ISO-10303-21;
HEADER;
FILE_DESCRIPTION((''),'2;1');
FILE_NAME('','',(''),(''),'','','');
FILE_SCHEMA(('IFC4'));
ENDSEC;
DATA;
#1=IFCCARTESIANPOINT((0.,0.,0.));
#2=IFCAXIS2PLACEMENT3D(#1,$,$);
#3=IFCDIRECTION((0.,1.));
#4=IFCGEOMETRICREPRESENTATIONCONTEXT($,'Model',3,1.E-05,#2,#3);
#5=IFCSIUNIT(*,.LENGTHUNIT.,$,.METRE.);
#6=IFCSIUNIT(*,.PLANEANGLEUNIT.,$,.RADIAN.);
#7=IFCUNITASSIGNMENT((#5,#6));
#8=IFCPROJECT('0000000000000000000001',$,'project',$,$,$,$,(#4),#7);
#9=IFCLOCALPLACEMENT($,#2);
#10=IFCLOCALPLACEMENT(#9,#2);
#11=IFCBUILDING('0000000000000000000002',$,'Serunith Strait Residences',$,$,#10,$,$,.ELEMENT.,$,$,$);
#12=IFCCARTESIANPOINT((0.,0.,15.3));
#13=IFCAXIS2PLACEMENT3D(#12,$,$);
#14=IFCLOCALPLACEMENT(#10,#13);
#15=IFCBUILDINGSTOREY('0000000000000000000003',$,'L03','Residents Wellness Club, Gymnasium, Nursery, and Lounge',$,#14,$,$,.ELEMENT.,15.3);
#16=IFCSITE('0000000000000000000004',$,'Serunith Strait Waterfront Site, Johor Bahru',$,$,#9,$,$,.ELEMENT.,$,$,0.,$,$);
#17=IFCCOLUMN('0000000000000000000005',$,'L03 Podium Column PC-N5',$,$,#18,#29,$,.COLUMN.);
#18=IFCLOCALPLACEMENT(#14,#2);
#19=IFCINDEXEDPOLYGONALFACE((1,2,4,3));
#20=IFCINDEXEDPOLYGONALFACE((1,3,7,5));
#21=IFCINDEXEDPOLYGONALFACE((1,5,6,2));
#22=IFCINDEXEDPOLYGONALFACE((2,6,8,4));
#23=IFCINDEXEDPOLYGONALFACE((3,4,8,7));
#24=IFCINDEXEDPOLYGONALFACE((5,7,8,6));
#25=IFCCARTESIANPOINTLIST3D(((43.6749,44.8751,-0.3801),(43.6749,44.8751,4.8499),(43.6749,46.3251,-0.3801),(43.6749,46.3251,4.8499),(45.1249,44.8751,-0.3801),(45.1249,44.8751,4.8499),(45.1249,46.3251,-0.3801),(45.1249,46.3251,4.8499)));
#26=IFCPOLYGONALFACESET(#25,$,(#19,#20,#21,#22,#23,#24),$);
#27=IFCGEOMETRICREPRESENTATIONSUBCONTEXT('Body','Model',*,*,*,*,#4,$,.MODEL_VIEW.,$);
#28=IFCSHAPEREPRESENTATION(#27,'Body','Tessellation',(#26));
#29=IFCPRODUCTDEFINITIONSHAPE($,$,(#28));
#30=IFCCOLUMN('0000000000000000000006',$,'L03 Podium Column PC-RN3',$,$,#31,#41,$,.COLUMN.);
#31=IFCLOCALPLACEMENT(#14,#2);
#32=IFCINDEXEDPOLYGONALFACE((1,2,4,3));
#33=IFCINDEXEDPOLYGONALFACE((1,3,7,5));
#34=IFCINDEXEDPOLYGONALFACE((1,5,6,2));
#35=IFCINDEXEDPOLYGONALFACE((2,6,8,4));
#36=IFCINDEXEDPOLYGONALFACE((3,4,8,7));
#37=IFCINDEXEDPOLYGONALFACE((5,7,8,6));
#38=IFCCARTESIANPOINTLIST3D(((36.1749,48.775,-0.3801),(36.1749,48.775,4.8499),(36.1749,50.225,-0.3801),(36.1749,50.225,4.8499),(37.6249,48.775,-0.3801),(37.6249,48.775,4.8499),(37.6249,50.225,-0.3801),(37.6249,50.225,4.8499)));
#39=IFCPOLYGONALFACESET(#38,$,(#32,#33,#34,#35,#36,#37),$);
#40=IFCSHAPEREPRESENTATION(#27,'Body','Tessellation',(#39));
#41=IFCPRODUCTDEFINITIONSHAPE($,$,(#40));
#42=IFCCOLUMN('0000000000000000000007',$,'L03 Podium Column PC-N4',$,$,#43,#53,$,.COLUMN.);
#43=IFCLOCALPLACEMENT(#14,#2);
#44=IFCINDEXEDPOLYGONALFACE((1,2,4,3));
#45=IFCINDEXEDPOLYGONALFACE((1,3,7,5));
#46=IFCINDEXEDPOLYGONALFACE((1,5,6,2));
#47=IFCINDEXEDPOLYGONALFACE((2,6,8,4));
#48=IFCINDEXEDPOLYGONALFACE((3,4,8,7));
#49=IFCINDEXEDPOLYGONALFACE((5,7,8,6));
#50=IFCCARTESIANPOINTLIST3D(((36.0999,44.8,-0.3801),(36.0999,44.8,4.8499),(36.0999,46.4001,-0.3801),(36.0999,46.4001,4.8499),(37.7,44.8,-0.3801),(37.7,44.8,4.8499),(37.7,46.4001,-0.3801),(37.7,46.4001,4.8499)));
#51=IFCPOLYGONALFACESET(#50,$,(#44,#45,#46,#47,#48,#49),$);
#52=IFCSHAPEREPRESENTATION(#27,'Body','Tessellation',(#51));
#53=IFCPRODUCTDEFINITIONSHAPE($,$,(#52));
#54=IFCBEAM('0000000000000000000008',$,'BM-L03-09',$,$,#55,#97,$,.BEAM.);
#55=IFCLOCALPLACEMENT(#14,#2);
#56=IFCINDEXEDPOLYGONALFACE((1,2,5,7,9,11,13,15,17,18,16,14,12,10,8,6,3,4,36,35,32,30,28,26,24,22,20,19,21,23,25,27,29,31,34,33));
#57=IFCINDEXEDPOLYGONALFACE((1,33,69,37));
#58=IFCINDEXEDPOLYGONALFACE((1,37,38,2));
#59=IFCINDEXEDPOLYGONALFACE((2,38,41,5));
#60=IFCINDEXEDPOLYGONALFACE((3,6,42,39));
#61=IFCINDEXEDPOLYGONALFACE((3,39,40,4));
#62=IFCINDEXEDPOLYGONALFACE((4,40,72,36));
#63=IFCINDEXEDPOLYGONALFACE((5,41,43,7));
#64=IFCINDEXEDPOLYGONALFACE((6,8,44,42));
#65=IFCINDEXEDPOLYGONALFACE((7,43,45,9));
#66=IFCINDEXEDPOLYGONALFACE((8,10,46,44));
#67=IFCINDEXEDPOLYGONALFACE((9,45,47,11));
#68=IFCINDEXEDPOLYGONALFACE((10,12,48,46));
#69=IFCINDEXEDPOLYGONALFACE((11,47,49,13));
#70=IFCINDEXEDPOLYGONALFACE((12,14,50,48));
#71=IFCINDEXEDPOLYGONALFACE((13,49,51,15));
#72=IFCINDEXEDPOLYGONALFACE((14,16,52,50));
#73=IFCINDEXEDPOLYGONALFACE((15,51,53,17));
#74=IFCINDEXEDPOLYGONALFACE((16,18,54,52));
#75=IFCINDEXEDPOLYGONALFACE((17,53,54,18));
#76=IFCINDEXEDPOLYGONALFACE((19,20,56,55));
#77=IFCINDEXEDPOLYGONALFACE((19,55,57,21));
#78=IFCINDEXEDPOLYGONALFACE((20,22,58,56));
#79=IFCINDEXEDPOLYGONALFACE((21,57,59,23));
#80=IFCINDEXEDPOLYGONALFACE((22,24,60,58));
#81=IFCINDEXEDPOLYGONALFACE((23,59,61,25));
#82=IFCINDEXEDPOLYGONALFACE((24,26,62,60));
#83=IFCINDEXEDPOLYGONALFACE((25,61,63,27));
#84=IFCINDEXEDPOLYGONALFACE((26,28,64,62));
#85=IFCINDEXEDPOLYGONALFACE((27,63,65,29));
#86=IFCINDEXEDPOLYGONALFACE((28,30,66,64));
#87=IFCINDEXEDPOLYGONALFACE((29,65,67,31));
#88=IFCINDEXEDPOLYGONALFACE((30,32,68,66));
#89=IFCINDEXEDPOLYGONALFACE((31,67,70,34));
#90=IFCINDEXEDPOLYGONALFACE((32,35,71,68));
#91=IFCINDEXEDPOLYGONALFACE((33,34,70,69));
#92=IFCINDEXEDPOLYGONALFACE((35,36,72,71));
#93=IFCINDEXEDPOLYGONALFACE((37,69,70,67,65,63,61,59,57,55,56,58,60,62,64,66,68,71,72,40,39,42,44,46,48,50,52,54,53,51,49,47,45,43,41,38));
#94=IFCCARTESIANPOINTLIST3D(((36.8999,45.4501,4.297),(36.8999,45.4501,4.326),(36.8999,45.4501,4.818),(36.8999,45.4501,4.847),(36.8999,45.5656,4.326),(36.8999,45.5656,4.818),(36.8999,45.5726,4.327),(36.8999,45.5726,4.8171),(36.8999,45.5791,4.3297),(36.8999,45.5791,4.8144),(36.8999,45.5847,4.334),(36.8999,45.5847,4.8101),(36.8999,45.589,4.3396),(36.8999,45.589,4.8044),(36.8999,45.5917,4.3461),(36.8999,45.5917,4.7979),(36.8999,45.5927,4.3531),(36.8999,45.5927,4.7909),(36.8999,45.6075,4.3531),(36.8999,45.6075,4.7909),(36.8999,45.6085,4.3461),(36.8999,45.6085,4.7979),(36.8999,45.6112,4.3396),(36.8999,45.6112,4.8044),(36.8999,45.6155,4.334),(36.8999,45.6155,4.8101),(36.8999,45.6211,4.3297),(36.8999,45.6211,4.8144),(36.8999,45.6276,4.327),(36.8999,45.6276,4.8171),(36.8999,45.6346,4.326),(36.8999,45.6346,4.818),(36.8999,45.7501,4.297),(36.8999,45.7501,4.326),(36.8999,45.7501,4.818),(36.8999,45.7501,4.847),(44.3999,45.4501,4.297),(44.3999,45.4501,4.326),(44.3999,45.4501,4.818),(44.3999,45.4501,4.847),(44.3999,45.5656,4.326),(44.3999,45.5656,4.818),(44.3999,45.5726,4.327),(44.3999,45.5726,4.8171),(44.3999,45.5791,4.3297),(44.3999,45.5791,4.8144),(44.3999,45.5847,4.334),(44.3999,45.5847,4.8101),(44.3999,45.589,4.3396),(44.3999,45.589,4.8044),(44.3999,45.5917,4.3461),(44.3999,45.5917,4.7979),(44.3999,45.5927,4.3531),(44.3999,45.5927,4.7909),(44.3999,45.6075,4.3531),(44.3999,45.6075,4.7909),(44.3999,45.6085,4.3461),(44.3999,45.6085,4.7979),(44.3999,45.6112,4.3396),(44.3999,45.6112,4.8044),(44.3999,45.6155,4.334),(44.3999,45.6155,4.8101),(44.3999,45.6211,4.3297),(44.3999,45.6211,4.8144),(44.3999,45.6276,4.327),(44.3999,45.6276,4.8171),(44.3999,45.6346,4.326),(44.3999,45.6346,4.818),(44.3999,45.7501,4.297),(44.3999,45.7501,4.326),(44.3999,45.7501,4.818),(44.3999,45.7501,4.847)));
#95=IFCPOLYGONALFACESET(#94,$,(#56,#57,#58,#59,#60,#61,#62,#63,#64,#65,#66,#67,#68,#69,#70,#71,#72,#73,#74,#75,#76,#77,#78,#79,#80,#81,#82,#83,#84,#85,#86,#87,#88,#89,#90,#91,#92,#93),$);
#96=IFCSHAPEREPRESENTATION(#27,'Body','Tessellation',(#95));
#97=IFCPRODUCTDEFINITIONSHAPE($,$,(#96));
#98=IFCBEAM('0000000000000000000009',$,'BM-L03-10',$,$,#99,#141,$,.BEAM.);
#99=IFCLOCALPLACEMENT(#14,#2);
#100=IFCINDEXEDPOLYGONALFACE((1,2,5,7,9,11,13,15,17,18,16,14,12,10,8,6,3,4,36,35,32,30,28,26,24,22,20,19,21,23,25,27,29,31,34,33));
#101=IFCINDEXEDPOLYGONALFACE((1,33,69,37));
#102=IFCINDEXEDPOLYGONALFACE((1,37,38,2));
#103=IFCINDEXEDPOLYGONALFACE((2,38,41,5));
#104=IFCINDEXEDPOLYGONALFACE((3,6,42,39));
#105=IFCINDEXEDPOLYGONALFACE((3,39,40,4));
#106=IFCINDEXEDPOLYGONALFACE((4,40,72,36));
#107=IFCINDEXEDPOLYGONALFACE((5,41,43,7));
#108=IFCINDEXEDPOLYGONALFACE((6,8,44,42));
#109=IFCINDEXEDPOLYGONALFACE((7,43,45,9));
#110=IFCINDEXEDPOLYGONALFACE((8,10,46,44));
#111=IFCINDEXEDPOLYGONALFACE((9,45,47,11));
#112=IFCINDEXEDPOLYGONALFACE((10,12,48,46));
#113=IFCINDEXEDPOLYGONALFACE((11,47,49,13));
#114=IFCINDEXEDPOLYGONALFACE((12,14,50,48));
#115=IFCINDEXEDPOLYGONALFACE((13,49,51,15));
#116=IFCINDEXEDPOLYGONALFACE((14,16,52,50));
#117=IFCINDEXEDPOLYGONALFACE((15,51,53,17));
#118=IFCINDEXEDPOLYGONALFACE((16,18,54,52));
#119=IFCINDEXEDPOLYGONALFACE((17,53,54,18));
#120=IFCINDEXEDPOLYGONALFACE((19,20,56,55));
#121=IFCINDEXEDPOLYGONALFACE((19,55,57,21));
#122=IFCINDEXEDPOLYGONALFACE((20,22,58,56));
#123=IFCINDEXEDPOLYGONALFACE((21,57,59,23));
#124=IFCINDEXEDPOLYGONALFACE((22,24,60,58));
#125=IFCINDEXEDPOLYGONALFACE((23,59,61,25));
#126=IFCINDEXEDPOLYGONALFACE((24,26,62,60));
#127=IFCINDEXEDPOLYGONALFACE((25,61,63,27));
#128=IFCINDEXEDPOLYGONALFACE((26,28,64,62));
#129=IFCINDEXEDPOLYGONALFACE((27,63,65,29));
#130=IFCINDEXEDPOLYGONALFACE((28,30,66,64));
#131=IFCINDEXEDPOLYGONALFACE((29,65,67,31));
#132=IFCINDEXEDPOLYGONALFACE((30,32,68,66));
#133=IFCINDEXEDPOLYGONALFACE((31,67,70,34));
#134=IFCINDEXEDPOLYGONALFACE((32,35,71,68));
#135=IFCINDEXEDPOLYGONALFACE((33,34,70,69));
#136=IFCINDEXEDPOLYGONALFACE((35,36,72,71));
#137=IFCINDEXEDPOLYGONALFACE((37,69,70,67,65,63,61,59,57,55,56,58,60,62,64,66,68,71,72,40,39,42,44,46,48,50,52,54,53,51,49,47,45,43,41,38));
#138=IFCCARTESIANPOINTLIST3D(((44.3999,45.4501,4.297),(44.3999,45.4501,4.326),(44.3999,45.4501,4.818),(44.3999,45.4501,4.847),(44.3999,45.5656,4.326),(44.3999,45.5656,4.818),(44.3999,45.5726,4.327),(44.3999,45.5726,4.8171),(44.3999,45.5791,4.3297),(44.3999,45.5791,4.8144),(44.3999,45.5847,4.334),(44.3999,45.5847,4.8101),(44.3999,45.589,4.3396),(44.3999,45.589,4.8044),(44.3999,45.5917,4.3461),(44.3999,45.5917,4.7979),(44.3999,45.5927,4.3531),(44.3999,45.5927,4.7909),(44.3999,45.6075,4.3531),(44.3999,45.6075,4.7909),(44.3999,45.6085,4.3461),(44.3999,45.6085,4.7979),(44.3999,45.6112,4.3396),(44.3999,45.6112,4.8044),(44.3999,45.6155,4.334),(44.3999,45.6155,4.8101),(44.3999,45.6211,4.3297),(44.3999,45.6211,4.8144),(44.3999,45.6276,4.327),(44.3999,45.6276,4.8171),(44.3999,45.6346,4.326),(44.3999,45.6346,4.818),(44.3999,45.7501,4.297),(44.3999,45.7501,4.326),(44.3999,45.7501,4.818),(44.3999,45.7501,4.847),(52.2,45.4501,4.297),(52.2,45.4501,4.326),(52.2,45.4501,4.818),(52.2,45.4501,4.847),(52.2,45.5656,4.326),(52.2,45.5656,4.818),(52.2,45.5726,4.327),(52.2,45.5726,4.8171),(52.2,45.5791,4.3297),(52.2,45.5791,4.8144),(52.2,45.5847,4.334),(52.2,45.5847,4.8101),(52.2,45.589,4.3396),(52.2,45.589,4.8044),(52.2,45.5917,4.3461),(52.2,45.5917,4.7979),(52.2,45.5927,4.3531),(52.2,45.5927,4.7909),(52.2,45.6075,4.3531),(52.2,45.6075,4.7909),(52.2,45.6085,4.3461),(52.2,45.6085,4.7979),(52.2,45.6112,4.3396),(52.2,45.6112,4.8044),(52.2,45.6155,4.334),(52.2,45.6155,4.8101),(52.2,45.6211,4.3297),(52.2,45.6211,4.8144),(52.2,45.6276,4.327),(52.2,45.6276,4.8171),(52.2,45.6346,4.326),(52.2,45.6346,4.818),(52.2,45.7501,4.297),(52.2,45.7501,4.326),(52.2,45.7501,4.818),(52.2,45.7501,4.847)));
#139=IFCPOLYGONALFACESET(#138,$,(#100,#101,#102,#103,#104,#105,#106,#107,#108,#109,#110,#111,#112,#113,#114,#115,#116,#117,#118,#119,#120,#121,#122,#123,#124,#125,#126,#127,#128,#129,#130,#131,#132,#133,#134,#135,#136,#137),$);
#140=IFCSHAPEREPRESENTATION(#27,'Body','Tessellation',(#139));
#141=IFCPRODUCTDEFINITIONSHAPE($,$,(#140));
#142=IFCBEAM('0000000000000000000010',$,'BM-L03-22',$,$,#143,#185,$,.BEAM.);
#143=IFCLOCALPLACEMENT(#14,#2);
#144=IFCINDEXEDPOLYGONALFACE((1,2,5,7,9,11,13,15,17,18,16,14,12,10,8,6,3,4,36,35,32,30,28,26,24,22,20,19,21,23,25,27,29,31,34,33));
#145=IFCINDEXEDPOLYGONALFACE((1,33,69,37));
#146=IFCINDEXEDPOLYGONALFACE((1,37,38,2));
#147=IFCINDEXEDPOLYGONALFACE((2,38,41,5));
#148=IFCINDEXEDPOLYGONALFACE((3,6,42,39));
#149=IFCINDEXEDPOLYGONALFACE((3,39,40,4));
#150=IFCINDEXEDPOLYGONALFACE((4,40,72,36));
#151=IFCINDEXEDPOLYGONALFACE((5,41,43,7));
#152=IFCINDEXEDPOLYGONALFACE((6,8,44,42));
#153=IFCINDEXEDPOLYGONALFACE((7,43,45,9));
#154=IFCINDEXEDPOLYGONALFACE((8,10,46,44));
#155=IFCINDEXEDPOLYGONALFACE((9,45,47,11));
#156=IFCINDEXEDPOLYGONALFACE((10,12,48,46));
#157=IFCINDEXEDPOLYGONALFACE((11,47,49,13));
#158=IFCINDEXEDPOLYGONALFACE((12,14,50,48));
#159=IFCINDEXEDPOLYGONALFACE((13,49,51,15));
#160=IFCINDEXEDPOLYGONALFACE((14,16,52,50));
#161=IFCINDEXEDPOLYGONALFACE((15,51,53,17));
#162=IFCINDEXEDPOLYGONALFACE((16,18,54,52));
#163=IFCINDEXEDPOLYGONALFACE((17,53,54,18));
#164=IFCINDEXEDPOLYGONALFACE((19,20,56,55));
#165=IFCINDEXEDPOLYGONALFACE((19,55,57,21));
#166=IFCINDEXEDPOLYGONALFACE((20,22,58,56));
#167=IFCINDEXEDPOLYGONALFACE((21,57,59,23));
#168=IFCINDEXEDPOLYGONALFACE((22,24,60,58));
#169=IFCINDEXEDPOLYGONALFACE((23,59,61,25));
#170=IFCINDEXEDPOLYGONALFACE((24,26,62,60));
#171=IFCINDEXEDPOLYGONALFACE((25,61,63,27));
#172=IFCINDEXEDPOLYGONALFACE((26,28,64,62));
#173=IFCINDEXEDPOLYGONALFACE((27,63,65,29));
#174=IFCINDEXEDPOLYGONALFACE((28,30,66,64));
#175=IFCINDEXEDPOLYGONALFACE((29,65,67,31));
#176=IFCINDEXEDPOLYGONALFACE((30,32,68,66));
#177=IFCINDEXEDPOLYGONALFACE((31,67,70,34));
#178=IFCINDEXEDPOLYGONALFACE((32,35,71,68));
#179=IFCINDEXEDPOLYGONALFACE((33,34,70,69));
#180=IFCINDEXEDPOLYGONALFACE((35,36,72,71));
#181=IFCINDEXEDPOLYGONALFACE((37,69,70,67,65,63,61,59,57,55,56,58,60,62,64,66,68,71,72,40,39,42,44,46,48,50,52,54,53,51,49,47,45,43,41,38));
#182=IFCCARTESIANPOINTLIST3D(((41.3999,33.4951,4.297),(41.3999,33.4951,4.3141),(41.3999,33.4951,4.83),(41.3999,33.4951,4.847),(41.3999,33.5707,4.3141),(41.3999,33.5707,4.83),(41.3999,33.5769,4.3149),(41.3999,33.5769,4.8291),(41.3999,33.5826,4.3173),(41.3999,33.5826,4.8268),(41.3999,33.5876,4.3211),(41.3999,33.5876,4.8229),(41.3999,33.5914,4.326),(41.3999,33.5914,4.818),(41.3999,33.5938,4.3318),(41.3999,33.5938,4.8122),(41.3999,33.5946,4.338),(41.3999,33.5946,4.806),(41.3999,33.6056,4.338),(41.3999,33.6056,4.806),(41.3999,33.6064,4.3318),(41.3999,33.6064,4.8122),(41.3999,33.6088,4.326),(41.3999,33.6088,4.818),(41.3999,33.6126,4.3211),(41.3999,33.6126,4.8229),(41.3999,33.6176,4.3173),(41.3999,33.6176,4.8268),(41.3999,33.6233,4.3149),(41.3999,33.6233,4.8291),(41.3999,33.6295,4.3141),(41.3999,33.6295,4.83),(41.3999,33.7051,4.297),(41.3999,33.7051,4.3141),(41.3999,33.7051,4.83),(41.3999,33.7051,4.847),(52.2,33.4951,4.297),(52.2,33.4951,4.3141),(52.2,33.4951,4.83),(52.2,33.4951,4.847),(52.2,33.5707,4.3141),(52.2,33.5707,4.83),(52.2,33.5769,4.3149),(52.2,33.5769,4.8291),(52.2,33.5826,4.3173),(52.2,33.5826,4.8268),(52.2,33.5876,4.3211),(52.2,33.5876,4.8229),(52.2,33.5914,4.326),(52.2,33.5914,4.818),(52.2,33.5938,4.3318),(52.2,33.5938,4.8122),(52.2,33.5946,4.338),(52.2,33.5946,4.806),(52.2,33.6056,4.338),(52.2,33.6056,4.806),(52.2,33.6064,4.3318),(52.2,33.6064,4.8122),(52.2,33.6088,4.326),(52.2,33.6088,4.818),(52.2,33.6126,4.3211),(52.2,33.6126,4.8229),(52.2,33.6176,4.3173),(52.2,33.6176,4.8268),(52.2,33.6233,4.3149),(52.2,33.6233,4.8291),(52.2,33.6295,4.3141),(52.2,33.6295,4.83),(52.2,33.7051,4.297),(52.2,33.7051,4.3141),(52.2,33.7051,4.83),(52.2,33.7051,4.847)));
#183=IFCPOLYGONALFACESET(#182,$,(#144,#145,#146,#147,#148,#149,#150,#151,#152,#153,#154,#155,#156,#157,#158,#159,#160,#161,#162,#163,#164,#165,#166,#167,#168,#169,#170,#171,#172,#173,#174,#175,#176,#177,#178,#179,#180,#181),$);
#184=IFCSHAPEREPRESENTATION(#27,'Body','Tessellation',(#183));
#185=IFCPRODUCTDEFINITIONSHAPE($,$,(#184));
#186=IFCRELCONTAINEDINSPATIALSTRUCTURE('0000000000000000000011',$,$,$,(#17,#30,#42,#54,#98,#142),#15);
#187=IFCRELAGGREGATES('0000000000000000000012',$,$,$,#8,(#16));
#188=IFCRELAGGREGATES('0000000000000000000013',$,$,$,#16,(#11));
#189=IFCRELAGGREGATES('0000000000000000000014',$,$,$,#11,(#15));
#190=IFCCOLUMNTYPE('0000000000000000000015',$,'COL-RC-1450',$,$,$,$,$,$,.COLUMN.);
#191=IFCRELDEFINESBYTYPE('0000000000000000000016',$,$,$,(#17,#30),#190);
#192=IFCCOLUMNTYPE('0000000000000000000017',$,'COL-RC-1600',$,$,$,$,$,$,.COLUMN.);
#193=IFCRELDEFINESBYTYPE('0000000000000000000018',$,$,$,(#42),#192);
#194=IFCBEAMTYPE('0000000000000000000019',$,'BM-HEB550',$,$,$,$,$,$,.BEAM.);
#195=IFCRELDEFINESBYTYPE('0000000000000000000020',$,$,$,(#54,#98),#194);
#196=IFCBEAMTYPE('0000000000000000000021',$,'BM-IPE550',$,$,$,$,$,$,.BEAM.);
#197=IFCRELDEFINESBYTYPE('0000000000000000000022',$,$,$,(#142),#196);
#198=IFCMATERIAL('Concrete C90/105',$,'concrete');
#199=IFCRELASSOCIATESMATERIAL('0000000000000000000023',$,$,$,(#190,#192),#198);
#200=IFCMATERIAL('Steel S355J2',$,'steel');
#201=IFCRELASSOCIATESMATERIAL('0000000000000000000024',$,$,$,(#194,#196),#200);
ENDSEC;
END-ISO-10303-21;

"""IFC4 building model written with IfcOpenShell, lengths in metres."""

from ifc_helpers import new_model, si_unit, direction, frame, origin, origin_2d, place, context, subcontext, project, spatial, rectangle, i_section, extrude, source, transform, mapped, material, material_profile, profile_set, type_object, element, save


model = new_model("IFC4")

# Units and contexts
model_context = context("Model", 3, precision=1e-05, world=origin(), true_north=direction((0.0, 1.0)))
body_context = subcontext(model_context, "Body", "Model", "MODEL_VIEW")
ifc_project = project(units=[si_unit("LENGTHUNIT", "METRE"), si_unit("PLANEANGLEUNIT", "RADIAN")], contexts=[model_context])

# Site, building, storey
site_placement = place(None, origin())
site = spatial("IfcSite", under=ifc_project, at=site_placement, Name="Serunith Strait Waterfront Site, Johor Bahru", CompositionType="ELEMENT", RefElevation=0.0)
building_placement = place(site_placement, origin())
building = spatial("IfcBuilding", under=site, at=building_placement, Name="Serunith Strait Residences", CompositionType="ELEMENT")
storey_placement = place(building_placement, frame((0.0, 0.0, 15.3)))
storey = spatial("IfcBuildingStorey", under=building, at=storey_placement, Name="L03", Description="Residents Wellness Club, Gymnasium, Nursery, and Lounge", CompositionType="ELEMENT", Elevation=15.3)

# Columns
ifc_material_1 = material(Name="Concrete C90/105", Category="concrete")
ifc_material_profile_1 = material_profile(ifc_material_1, rectangle(XDim=1.45, YDim=1.45, at=origin_2d()), Name="RC 1450x1450")
ifc_profile_set_1 = profile_set([ifc_material_profile_1], Name="Concrete C90/105")
column_type_1 = type_object("IfcColumnType", Name="COL-RC-1450", PredefinedType="COLUMN", material=ifc_profile_set_1)
shared_shape_1 = source(origin(), body_context, "Body", "SweptSolid", [
    extrude(rectangle(XDim=1.45, YDim=1.45, at=origin_2d()), origin(), (0.0, 0.0, 1.0), 5.23),
])
for number, where, z_axis, x_axis, name in (
    (1, (44.3999, 45.6001, -0.3801), (0.0, 0.0, 1.0), (1.0, 0.0, 0.0), "L03 Podium Column PC-N5"),
    (2, (36.8999, 49.5, -0.3801), (0.0, 0.0, 1.0), (1.0, 0.0, 0.0), "L03 Podium Column PC-RN3"),
):
    element("IfcColumn", number, at=place(storey_placement, frame(where, z_axis=z_axis, x_axis=x_axis)), inside=storey, type_object=column_type_1, Name=name, PredefinedType="COLUMN", context=body_context, shape_type="MappedRepresentation", body=[
        mapped(shared_shape_1, transform((0.0, 0.0, 0.0), scale=1.0)),
    ])
ifc_material_profile_2 = material_profile(ifc_material_1, rectangle(XDim=1.6001, YDim=1.6001, at=origin_2d()), Name="RC 1600x1600")
ifc_profile_set_2 = profile_set([ifc_material_profile_2], Name="Concrete C90/105")
column_type_2 = type_object("IfcColumnType", Name="COL-RC-1600", PredefinedType="COLUMN", material=ifc_profile_set_2)
shared_shape_2 = source(origin(), body_context, "Body", "SweptSolid", [
    extrude(rectangle(XDim=1.6001, YDim=1.6001, at=origin_2d()), origin(), (0.0, 0.0, 1.0), 5.23),
])
column_placement = place(storey_placement, frame((36.8999, 45.6001, -0.3801), z_axis=(0.0, 0.0, 1.0), x_axis=(1.0, 0.0, 0.0)))
element("IfcColumn", 3, at=column_placement, inside=storey, type_object=column_type_2, Name="L03 Podium Column PC-N4", PredefinedType="COLUMN", context=body_context, shape_type="MappedRepresentation", body=[
    mapped(shared_shape_2, transform((0.0, 0.0, 0.0), scale=1.0)),
])

# Beams
ifc_material_2 = material(Name="Steel S355J2", Category="steel")
ifc_material_profile_3 = material_profile(ifc_material_2, i_section(OverallWidth=0.3, OverallDepth=0.55, WebThickness=0.0149, FlangeThickness=0.0291, FilletRadius=0.0271, at=origin_2d()), Name="HEB 550")
ifc_profile_set_3 = profile_set([ifc_material_profile_3], Name="Steel S355J2")
beam_type_1 = type_object("IfcBeamType", Name="BM-HEB550", PredefinedType="BEAM", material=ifc_profile_set_3)
shared_shape_3 = source(origin(), body_context, "Body", "SweptSolid", [
    extrude(i_section(OverallWidth=0.3, OverallDepth=0.55, WebThickness=0.0149, FlangeThickness=0.0291, FilletRadius=0.0271, at=origin_2d()), origin(), (0.0, 0.0, 1.0), 7.5),
])
beam_1_placement = place(storey_placement, frame((36.8999, 45.6001, 4.572), z_axis=(1.0, 0.0, 0.0), x_axis=(0.0, 1.0, 0.0)))
element("IfcBeam", 4, at=beam_1_placement, inside=storey, type_object=beam_type_1, Name="BM-L03-09", PredefinedType="BEAM", context=body_context, shape_type="MappedRepresentation", body=[
    mapped(shared_shape_3, transform((0.0, 0.0, 0.0), scale=1.0)),
])
shared_shape_4 = source(origin(), body_context, "Body", "SweptSolid", [
    extrude(i_section(OverallWidth=0.3, OverallDepth=0.55, WebThickness=0.0149, FlangeThickness=0.0291, FilletRadius=0.0271, at=origin_2d()), origin(), (0.0, 0.0, 1.0), 7.8),
])
beam_2_placement = place(storey_placement, frame((44.3999, 45.6001, 4.572), z_axis=(1.0, 0.0, 0.0), x_axis=(0.0, 1.0, 0.0)))
element("IfcBeam", 5, at=beam_2_placement, inside=storey, type_object=beam_type_1, Name="BM-L03-10", PredefinedType="BEAM", context=body_context, shape_type="MappedRepresentation", body=[
    mapped(shared_shape_4, transform((0.0, 0.0, 0.0), scale=1.0)),
])
ifc_material_profile_4 = material_profile(ifc_material_2, i_section(OverallWidth=0.21, OverallDepth=0.55, WebThickness=0.011, FlangeThickness=0.0171, FilletRadius=0.0239, at=origin_2d()), Name="IPE 550")
ifc_profile_set_4 = profile_set([ifc_material_profile_4], Name="Steel S355J2")
beam_type_2 = type_object("IfcBeamType", Name="BM-IPE550", PredefinedType="BEAM", material=ifc_profile_set_4)
shared_shape_5 = source(origin(), body_context, "Body", "SweptSolid", [
    extrude(i_section(OverallWidth=0.21, OverallDepth=0.55, WebThickness=0.011, FlangeThickness=0.0171, FilletRadius=0.0239, at=origin_2d()), origin(), (0.0, 0.0, 1.0), 10.8),
])
beam_3_placement = place(storey_placement, frame((41.3999, 33.6001, 4.572), z_axis=(1.0, 0.0, 0.0), x_axis=(0.0, 1.0, 0.0)))
element("IfcBeam", 6, at=beam_3_placement, inside=storey, type_object=beam_type_2, Name="BM-L03-22", PredefinedType="BEAM", context=body_context, shape_type="MappedRepresentation", body=[
    mapped(shared_shape_5, transform((0.0, 0.0, 0.0), scale=1.0)),
])

save(model, "model.ifc")
